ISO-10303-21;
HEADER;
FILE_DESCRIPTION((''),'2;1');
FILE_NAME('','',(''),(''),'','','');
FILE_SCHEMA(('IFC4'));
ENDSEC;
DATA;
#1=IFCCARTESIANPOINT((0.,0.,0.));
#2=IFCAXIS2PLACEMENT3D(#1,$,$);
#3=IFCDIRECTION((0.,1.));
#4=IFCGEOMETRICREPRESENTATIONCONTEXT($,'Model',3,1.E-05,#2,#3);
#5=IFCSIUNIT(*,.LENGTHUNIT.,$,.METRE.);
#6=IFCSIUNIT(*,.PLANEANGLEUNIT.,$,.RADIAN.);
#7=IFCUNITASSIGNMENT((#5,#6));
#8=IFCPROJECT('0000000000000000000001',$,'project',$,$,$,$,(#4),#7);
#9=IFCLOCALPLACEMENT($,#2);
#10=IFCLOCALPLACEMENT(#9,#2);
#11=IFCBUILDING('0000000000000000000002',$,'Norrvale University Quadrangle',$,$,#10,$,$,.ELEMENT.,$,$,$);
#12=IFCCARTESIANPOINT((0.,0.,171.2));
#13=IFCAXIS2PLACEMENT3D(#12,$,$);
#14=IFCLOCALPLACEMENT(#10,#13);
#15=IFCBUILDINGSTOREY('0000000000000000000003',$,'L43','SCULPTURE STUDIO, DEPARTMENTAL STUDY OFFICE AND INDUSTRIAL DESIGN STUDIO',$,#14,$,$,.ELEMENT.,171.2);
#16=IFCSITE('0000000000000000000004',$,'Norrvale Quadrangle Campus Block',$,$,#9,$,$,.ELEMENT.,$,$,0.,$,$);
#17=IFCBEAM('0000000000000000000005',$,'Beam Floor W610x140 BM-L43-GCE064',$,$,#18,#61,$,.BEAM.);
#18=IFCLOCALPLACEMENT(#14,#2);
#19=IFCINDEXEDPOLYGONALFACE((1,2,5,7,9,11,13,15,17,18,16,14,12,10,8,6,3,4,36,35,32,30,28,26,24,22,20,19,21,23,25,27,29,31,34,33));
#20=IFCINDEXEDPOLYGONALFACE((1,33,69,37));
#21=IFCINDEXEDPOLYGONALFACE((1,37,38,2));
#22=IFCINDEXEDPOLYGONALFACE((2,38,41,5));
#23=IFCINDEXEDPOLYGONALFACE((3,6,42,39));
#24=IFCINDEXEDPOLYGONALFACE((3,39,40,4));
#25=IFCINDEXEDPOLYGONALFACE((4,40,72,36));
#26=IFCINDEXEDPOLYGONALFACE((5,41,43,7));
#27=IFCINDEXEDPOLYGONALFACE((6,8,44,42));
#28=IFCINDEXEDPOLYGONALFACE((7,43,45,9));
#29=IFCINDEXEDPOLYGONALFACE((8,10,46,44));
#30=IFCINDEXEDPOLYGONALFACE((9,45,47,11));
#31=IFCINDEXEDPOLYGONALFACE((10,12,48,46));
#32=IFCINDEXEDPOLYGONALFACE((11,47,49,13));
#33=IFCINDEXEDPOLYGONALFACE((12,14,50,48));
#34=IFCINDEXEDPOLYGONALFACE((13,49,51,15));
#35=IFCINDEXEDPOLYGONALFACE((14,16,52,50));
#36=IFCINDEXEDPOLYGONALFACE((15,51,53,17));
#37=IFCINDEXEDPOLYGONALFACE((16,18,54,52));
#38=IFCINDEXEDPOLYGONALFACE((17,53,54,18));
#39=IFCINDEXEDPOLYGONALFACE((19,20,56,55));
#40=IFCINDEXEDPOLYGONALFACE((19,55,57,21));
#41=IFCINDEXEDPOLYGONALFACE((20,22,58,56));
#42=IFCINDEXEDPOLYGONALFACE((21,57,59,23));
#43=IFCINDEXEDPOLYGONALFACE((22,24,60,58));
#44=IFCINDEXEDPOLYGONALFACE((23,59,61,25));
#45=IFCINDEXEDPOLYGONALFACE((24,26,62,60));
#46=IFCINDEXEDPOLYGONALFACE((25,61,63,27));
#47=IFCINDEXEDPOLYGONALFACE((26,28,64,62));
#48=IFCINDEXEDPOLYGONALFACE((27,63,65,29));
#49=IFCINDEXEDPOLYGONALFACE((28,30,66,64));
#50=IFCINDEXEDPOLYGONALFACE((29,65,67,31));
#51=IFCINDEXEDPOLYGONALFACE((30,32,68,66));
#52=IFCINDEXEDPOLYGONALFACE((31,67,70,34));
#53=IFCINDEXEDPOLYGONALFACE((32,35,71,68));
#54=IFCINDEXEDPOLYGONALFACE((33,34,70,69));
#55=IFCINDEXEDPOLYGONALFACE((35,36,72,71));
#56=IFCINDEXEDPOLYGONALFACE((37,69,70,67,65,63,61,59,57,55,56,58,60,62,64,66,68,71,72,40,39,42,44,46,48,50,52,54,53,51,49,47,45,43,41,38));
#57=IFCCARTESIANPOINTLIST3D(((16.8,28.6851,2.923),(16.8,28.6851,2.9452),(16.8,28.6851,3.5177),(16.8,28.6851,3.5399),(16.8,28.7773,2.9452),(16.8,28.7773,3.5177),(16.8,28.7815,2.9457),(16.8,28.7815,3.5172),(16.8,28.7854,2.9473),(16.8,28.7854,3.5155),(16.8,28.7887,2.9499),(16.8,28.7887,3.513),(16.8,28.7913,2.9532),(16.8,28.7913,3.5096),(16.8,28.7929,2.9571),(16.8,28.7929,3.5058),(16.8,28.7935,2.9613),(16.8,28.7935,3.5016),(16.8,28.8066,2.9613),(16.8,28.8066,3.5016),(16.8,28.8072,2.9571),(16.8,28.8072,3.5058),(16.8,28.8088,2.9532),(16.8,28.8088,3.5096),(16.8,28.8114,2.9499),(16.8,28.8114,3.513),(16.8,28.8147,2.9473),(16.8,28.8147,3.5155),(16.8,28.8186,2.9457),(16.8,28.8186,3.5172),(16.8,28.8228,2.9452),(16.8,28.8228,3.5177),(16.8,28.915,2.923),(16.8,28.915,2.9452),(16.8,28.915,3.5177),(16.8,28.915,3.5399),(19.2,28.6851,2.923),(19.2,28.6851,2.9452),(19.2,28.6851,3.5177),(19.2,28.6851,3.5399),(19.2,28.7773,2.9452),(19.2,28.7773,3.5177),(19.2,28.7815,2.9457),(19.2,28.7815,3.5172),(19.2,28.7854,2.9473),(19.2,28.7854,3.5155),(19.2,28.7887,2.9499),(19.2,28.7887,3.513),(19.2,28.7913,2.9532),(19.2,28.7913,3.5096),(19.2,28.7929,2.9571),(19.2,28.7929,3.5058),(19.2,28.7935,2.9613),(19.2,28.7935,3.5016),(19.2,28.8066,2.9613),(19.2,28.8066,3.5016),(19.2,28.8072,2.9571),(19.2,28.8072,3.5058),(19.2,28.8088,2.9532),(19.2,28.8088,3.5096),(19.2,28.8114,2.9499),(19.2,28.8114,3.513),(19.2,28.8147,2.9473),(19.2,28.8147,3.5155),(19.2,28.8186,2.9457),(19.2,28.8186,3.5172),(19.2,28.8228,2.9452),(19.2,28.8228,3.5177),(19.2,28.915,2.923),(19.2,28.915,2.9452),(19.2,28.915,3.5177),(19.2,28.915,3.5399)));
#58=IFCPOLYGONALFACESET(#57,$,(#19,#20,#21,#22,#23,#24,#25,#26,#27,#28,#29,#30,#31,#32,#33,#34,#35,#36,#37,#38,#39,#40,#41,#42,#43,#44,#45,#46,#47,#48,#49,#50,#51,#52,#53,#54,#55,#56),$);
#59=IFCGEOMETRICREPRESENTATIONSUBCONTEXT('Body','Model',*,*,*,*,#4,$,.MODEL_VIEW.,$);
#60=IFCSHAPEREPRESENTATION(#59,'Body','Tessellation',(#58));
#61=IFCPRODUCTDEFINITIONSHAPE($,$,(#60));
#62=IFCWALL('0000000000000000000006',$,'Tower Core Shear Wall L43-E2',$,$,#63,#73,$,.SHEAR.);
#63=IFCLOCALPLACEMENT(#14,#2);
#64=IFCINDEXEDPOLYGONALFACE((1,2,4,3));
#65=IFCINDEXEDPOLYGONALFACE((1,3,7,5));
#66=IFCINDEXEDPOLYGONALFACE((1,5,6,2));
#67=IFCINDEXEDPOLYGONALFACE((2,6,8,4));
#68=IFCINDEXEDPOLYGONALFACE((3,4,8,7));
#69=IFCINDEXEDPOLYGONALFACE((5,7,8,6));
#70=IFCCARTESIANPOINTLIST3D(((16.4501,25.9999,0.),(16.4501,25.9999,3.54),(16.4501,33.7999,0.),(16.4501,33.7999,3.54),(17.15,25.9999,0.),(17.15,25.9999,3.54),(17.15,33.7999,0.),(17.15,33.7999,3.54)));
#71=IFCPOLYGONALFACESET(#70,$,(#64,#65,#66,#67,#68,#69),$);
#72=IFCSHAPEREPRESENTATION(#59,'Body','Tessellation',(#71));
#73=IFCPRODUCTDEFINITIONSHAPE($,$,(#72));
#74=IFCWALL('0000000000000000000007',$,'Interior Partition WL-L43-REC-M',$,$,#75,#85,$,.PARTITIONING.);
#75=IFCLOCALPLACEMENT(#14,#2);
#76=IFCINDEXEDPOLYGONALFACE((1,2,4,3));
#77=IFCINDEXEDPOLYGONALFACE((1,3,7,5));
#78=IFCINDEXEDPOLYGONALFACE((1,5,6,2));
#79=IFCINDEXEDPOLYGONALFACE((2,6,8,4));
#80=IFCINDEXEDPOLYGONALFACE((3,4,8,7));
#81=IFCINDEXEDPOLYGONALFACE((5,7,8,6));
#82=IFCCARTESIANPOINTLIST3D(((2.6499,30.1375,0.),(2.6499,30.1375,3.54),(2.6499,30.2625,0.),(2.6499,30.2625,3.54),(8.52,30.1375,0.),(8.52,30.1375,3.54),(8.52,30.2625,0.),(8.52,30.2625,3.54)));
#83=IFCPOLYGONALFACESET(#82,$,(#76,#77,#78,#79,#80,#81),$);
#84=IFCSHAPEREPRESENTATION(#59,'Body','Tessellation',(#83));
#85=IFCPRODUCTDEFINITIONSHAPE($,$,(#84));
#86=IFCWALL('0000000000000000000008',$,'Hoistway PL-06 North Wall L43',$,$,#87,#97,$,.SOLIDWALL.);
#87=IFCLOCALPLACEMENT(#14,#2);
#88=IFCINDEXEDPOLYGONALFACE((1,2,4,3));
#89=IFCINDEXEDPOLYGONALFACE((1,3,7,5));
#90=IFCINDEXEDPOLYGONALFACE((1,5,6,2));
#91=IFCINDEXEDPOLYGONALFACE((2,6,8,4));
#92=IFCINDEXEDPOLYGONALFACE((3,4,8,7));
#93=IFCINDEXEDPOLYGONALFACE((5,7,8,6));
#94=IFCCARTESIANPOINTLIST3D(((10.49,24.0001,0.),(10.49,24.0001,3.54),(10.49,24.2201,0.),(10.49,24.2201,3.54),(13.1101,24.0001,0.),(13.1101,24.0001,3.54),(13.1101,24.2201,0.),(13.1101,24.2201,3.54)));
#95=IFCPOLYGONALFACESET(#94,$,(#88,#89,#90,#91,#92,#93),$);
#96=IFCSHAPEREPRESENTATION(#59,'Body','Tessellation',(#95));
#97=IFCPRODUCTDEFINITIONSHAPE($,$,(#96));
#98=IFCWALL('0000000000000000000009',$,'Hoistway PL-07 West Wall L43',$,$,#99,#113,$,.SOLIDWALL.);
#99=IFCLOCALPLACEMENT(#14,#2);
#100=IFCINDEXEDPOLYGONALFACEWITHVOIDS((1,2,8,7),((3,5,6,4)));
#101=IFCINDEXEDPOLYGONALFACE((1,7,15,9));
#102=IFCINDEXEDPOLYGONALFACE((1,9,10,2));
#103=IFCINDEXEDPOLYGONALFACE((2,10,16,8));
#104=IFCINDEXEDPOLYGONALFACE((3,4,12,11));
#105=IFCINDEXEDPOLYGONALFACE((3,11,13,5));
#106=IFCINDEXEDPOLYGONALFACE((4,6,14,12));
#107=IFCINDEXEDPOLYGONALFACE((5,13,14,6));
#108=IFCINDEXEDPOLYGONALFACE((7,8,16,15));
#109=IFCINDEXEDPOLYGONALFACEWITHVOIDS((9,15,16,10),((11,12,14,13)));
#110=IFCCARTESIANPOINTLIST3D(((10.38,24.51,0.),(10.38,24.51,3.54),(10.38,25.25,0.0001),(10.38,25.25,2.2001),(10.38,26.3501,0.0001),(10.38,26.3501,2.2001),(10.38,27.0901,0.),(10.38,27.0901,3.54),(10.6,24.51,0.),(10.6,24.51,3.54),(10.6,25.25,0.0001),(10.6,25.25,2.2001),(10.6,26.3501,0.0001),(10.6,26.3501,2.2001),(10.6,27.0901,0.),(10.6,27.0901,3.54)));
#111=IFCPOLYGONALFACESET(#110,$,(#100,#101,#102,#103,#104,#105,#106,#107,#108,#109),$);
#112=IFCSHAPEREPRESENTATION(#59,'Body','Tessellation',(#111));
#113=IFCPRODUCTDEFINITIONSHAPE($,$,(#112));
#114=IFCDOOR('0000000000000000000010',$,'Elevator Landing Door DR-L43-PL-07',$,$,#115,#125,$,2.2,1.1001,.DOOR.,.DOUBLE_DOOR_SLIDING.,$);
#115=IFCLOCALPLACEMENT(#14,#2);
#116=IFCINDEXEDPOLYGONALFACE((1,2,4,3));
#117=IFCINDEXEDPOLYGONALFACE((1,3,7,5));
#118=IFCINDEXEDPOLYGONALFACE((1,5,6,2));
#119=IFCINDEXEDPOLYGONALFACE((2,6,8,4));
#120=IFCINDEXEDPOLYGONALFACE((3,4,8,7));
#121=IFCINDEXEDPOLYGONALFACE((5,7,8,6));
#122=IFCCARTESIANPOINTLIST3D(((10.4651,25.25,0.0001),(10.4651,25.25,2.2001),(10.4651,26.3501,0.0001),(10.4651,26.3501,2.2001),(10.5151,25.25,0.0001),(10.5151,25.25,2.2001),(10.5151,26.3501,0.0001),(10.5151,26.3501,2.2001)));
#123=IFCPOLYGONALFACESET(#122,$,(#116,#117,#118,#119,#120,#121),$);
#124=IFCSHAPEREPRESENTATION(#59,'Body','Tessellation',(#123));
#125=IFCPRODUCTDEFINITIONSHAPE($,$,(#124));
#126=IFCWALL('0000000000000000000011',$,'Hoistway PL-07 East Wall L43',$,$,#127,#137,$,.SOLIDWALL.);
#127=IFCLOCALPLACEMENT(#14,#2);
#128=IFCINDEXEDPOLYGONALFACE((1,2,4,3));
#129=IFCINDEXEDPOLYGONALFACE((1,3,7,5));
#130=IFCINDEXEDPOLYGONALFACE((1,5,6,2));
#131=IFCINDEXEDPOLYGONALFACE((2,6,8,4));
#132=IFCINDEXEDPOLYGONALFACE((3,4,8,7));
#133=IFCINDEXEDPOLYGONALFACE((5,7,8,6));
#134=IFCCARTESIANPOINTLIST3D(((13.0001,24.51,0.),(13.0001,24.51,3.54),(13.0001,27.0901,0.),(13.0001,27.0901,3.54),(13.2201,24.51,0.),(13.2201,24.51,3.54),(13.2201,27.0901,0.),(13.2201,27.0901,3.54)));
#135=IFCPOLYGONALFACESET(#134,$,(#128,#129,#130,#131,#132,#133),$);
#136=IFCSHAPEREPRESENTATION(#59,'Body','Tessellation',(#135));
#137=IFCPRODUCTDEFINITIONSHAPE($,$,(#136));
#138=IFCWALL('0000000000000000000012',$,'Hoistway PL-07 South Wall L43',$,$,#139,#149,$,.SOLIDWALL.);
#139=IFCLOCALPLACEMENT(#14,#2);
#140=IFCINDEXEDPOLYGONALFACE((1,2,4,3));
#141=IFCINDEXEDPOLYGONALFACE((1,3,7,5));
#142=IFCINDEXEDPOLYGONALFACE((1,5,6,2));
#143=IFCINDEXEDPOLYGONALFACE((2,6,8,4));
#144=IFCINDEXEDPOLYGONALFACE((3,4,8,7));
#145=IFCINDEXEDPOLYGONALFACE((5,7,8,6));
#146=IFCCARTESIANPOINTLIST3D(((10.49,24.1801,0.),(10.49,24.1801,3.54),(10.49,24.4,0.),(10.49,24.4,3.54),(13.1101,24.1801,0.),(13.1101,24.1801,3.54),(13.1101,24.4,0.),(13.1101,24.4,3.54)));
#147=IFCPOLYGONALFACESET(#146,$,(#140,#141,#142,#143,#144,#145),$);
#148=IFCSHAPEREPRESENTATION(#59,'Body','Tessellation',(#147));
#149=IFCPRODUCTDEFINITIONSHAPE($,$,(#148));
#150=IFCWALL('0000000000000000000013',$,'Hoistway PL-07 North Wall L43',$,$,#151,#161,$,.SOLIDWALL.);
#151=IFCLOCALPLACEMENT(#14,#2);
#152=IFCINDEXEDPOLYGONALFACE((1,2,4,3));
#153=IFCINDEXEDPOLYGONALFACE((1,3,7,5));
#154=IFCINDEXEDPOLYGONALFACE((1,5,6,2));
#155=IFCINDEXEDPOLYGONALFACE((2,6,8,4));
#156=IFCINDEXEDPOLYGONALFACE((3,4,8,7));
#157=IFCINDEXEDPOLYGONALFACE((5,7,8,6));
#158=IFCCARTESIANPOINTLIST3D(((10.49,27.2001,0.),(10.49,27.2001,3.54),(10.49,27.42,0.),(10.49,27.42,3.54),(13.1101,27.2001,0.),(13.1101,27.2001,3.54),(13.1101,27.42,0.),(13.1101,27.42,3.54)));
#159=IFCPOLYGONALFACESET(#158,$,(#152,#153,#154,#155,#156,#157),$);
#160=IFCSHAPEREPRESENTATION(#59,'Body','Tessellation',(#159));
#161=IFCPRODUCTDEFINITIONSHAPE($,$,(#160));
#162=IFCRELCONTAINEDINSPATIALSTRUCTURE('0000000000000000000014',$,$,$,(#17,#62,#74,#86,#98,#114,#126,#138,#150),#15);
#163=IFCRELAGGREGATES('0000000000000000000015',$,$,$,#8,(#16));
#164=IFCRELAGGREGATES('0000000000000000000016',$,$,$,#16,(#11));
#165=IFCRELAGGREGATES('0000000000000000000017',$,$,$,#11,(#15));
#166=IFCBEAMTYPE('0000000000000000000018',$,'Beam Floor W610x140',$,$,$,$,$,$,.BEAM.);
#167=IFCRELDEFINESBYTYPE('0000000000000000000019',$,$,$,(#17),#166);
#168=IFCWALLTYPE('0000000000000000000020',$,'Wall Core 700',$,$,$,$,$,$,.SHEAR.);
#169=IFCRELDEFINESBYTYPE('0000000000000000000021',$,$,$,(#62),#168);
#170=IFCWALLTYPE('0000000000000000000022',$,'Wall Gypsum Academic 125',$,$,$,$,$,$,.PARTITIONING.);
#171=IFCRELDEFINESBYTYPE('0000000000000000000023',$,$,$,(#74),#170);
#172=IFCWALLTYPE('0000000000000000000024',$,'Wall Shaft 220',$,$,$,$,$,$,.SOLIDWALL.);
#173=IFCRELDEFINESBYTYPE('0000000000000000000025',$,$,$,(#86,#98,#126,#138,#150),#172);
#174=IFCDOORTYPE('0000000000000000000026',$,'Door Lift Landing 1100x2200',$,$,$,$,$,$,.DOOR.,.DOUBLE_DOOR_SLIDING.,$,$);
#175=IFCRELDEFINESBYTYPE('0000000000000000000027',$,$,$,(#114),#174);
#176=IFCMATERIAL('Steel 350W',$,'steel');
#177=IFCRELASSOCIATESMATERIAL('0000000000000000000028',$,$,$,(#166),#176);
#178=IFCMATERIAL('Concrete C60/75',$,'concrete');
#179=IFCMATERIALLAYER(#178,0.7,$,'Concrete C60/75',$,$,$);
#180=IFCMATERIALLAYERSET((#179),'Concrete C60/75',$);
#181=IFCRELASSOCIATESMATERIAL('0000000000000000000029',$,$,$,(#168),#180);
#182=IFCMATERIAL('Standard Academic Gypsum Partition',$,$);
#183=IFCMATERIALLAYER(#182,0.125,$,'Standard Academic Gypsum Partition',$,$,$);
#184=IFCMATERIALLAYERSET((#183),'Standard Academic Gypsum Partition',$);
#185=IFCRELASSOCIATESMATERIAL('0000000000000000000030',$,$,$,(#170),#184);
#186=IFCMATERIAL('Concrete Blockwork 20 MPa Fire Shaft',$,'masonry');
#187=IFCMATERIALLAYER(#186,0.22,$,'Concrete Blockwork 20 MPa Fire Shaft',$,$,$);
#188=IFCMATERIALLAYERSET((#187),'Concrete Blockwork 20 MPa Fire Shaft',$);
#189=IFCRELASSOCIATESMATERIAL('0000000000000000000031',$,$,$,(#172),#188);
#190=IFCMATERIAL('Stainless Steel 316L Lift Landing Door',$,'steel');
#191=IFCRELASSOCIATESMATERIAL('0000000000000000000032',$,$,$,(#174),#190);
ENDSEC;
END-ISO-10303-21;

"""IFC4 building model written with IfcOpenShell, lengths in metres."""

from ifc_helpers import new_model, si_unit, direction, frame, frame_2d, origin, origin_2d, place, context, subcontext, project, spatial, rectangle, i_section, extrude, material, layer, layer_set, material_profile, profile_set, type_object, element, fill, save


model = new_model("IFC4")

# Units and contexts
model_context = context("Model", 3, precision=1e-05, world=origin(), true_north=direction((0.0, 1.0)))
body_context = subcontext(model_context, "Body", "Model", "MODEL_VIEW")
ifc_project = project(units=[si_unit("LENGTHUNIT", "METRE"), si_unit("PLANEANGLEUNIT", "RADIAN")], contexts=[model_context])

# Site, building, storey
site_placement = place(None, origin())
site = spatial("IfcSite", under=ifc_project, at=site_placement, Name="Norrvale Quadrangle Campus Block", CompositionType="ELEMENT", RefElevation=0.0)
building_placement = place(site_placement, origin())
building = spatial("IfcBuilding", under=site, at=building_placement, Name="Norrvale University Quadrangle", CompositionType="ELEMENT")
storey_placement = place(building_placement, frame((0.0, 0.0, 171.2)))
storey = spatial("IfcBuildingStorey", under=building, at=storey_placement, Name="L43", Description="SCULPTURE STUDIO, DEPARTMENTAL STUDY OFFICE AND INDUSTRIAL DESIGN STUDIO", CompositionType="ELEMENT", Elevation=171.2)

# Shared definitions
ifc_material_1 = material(Name="Concrete C60/75", Category="concrete")

# Beam
ifc_material_2 = material(Name="Steel 350W", Category="steel")
ifc_material_profile_1 = material_profile(ifc_material_2, i_section(OverallWidth=0.23, OverallDepth=0.6169, WebThickness=0.0132, FlangeThickness=0.0222, FilletRadius=0.0161, at=origin_2d()), Name="Steel 350W")
ifc_profile_set_1 = profile_set([ifc_material_profile_1], Name="Steel 350W")
beam_type_1 = type_object("IfcBeamType", Name="Beam Floor W610x140", PredefinedType="BEAM", material=ifc_profile_set_1)
beam_1_placement = place(storey_placement, frame((16.8, 28.8, 3.2314), z_axis=(1.0, 0.0, 0.0), x_axis=(0.0, 1.0, 0.0)))
element("IfcBeam", 1, at=beam_1_placement, inside=storey, type_object=beam_type_1, Name="Beam Floor W610x140 BM-L43-GCE064", PredefinedType="BEAM", context=body_context, shape_type="SweptSolid", body=[
    extrude(i_section(OverallWidth=0.23, OverallDepth=0.6169, WebThickness=0.0132, FlangeThickness=0.0222, FilletRadius=0.0161, at=origin_2d()), origin(), (0.0, 0.0, 1.0), 2.3999),
])

# Walls
ifc_layer_1 = layer(ifc_material_1, 0.7, Name="Concrete C60/75")
ifc_layer_set_1 = layer_set([ifc_layer_1], Name="Concrete C60/75")
wall_type_1 = type_object("IfcWallType", Name="Wall Core 700", PredefinedType="SHEAR", material=ifc_layer_set_1)
wall_1_placement = place(storey_placement, frame((16.8, 26.0, 0.0), z_axis=(0.0, 0.0, 1.0), x_axis=(0.0, 1.0, 0.0)))
element("IfcWall", 2, at=wall_1_placement, inside=storey, type_object=wall_type_1, Name="Tower Core Shear Wall L43-E2", PredefinedType="SHEAR", context=body_context, shape_type="SweptSolid", body=[
    extrude(rectangle(XDim=7.8, YDim=0.7, at=frame_2d((3.8999, 0.0))), origin(), (0.0, 0.0, 1.0), 3.54),
])
ifc_material_3 = material(Name="Standard Academic Gypsum Partition")
ifc_layer_2 = layer(ifc_material_3, 0.125, Name="Standard Academic Gypsum Partition")
ifc_layer_set_2 = layer_set([ifc_layer_2], Name="Standard Academic Gypsum Partition")
wall_type_2 = type_object("IfcWallType", Name="Wall Gypsum Academic 125", PredefinedType="PARTITIONING", material=ifc_layer_set_2)
wall_2_placement = place(storey_placement, frame((2.6499, 30.2, 0.0), z_axis=(0.0, 0.0, 1.0), x_axis=(1.0, 0.0, 0.0)))
element("IfcWall", 3, at=wall_2_placement, inside=storey, type_object=wall_type_2, Name="Interior Partition WL-L43-REC-M", PredefinedType="PARTITIONING", context=body_context, shape_type="SweptSolid", body=[
    extrude(rectangle(XDim=5.8701, YDim=0.125, at=frame_2d((2.9351, 0.0))), origin(), (0.0, 0.0, 1.0), 3.54),
])
ifc_material_4 = material(Name="Concrete Blockwork 20 MPa Fire Shaft", Category="masonry")
ifc_layer_3 = layer(ifc_material_4, 0.22, Name="Concrete Blockwork 20 MPa Fire Shaft")
ifc_layer_set_3 = layer_set([ifc_layer_3], Name="Concrete Blockwork 20 MPa Fire Shaft")
wall_type_3 = type_object("IfcWallType", Name="Wall Shaft 220", PredefinedType="SOLIDWALL", material=ifc_layer_set_3)
wall_3_placement = place(storey_placement, frame((10.49, 24.1101, 0.0), z_axis=(0.0, 0.0, 1.0), x_axis=(1.0, 0.0, 0.0)))
element("IfcWall", 4, at=wall_3_placement, inside=storey, type_object=wall_type_3, Name="Hoistway PL-06 North Wall L43", PredefinedType="SOLIDWALL", context=body_context, shape_type="SweptSolid", body=[
    extrude(rectangle(XDim=2.6201, YDim=0.22, at=frame_2d((1.3101, 0.0))), origin(), (0.0, 0.0, 1.0), 3.54),
])

# Wall, opening, door
wall_4_placement = place(storey_placement, frame((10.49, 24.51, 0.0), z_axis=(0.0, 0.0, 1.0), x_axis=(0.0, 1.0, 0.0)))
wall_4 = element("IfcWall", 5, at=wall_4_placement, inside=storey, type_object=wall_type_3, Name="Hoistway PL-07 West Wall L43", PredefinedType="SOLIDWALL", context=body_context, shape_type="SweptSolid", body=[
    extrude(rectangle(XDim=2.5801, YDim=0.22, at=frame_2d((1.29, 0.0))), origin(), (0.0, 0.0, 1.0), 3.54),
])
opening_1_placement = place(wall_4_placement, frame((0.74, 0.0, 0.0)))
opening_1 = element("IfcOpeningElement", 6, at=opening_1_placement, cuts=wall_4, PredefinedType="OPENING", context=body_context, shape_type="SweptSolid", body=[
    extrude(rectangle(XDim=1.1001, YDim=2.2, at=frame_2d((0.55, 1.1001))), frame((0.0, 0.1221, 0.0), z_axis=(0.0, -1.0, 0.0), x_axis=(1.0, 0.0, 0.0)), (0.0, 0.0, 1.0), 0.2439),
])
ifc_material_5 = material(Name="Stainless Steel 316L Lift Landing Door", Category="steel")
door_type = type_object("IfcDoorType", Name="Door Lift Landing 1100x2200", OperationType="DOUBLE_DOOR_SLIDING", PredefinedType="DOOR", material=ifc_material_5)
door_1_placement = place(opening_1_placement, origin())
door_1 = element("IfcDoor", 7, at=door_1_placement, inside=storey, type_object=door_type, Name="Elevator Landing Door DR-L43-PL-07", OperationType="DOUBLE_DOOR_SLIDING", OverallHeight=2.2, OverallWidth=1.1001, PredefinedType="DOOR", context=body_context, shape_type="SweptSolid", body=[
    extrude(rectangle(XDim=1.1001, YDim=2.2, at=frame_2d((0.55, 1.1001))), frame((0.0, 0.0249, 0.0), z_axis=(0.0, -1.0, 0.0), x_axis=(1.0, 0.0, 0.0)), (0.0, 0.0, 1.0), 0.05),
])
fill(opening_1, door_1)

# Walls
wall_5_placement = place(storey_placement, frame((13.1101, 24.51, 0.0), z_axis=(0.0, 0.0, 1.0), x_axis=(0.0, 1.0, 0.0)))
element("IfcWall", 8, at=wall_5_placement, inside=storey, type_object=wall_type_3, Name="Hoistway PL-07 East Wall L43", PredefinedType="SOLIDWALL", context=body_context, shape_type="SweptSolid", body=[
    extrude(rectangle(XDim=2.5801, YDim=0.22, at=frame_2d((1.29, 0.0))), origin(), (0.0, 0.0, 1.0), 3.54),
])
for number, where, z_axis, x_axis, name in (
    (9, (10.49, 24.29, 0.0), (0.0, 0.0, 1.0), (1.0, 0.0, 0.0), "Hoistway PL-07 South Wall L43"),
    (10, (10.49, 27.3101, 0.0), (0.0, 0.0, 1.0), (1.0, 0.0, 0.0), "Hoistway PL-07 North Wall L43"),
):
    element("IfcWall", number, at=place(storey_placement, frame(where, z_axis=z_axis, x_axis=x_axis)), inside=storey, type_object=wall_type_3, Name=name, PredefinedType="SOLIDWALL", context=body_context, shape_type="SweptSolid", body=[
        extrude(rectangle(XDim=2.6201, YDim=0.22, at=frame_2d((1.3101, 0.0))), origin(), (0.0, 0.0, 1.0), 3.54),
    ])

save(model, "model.ifc")
